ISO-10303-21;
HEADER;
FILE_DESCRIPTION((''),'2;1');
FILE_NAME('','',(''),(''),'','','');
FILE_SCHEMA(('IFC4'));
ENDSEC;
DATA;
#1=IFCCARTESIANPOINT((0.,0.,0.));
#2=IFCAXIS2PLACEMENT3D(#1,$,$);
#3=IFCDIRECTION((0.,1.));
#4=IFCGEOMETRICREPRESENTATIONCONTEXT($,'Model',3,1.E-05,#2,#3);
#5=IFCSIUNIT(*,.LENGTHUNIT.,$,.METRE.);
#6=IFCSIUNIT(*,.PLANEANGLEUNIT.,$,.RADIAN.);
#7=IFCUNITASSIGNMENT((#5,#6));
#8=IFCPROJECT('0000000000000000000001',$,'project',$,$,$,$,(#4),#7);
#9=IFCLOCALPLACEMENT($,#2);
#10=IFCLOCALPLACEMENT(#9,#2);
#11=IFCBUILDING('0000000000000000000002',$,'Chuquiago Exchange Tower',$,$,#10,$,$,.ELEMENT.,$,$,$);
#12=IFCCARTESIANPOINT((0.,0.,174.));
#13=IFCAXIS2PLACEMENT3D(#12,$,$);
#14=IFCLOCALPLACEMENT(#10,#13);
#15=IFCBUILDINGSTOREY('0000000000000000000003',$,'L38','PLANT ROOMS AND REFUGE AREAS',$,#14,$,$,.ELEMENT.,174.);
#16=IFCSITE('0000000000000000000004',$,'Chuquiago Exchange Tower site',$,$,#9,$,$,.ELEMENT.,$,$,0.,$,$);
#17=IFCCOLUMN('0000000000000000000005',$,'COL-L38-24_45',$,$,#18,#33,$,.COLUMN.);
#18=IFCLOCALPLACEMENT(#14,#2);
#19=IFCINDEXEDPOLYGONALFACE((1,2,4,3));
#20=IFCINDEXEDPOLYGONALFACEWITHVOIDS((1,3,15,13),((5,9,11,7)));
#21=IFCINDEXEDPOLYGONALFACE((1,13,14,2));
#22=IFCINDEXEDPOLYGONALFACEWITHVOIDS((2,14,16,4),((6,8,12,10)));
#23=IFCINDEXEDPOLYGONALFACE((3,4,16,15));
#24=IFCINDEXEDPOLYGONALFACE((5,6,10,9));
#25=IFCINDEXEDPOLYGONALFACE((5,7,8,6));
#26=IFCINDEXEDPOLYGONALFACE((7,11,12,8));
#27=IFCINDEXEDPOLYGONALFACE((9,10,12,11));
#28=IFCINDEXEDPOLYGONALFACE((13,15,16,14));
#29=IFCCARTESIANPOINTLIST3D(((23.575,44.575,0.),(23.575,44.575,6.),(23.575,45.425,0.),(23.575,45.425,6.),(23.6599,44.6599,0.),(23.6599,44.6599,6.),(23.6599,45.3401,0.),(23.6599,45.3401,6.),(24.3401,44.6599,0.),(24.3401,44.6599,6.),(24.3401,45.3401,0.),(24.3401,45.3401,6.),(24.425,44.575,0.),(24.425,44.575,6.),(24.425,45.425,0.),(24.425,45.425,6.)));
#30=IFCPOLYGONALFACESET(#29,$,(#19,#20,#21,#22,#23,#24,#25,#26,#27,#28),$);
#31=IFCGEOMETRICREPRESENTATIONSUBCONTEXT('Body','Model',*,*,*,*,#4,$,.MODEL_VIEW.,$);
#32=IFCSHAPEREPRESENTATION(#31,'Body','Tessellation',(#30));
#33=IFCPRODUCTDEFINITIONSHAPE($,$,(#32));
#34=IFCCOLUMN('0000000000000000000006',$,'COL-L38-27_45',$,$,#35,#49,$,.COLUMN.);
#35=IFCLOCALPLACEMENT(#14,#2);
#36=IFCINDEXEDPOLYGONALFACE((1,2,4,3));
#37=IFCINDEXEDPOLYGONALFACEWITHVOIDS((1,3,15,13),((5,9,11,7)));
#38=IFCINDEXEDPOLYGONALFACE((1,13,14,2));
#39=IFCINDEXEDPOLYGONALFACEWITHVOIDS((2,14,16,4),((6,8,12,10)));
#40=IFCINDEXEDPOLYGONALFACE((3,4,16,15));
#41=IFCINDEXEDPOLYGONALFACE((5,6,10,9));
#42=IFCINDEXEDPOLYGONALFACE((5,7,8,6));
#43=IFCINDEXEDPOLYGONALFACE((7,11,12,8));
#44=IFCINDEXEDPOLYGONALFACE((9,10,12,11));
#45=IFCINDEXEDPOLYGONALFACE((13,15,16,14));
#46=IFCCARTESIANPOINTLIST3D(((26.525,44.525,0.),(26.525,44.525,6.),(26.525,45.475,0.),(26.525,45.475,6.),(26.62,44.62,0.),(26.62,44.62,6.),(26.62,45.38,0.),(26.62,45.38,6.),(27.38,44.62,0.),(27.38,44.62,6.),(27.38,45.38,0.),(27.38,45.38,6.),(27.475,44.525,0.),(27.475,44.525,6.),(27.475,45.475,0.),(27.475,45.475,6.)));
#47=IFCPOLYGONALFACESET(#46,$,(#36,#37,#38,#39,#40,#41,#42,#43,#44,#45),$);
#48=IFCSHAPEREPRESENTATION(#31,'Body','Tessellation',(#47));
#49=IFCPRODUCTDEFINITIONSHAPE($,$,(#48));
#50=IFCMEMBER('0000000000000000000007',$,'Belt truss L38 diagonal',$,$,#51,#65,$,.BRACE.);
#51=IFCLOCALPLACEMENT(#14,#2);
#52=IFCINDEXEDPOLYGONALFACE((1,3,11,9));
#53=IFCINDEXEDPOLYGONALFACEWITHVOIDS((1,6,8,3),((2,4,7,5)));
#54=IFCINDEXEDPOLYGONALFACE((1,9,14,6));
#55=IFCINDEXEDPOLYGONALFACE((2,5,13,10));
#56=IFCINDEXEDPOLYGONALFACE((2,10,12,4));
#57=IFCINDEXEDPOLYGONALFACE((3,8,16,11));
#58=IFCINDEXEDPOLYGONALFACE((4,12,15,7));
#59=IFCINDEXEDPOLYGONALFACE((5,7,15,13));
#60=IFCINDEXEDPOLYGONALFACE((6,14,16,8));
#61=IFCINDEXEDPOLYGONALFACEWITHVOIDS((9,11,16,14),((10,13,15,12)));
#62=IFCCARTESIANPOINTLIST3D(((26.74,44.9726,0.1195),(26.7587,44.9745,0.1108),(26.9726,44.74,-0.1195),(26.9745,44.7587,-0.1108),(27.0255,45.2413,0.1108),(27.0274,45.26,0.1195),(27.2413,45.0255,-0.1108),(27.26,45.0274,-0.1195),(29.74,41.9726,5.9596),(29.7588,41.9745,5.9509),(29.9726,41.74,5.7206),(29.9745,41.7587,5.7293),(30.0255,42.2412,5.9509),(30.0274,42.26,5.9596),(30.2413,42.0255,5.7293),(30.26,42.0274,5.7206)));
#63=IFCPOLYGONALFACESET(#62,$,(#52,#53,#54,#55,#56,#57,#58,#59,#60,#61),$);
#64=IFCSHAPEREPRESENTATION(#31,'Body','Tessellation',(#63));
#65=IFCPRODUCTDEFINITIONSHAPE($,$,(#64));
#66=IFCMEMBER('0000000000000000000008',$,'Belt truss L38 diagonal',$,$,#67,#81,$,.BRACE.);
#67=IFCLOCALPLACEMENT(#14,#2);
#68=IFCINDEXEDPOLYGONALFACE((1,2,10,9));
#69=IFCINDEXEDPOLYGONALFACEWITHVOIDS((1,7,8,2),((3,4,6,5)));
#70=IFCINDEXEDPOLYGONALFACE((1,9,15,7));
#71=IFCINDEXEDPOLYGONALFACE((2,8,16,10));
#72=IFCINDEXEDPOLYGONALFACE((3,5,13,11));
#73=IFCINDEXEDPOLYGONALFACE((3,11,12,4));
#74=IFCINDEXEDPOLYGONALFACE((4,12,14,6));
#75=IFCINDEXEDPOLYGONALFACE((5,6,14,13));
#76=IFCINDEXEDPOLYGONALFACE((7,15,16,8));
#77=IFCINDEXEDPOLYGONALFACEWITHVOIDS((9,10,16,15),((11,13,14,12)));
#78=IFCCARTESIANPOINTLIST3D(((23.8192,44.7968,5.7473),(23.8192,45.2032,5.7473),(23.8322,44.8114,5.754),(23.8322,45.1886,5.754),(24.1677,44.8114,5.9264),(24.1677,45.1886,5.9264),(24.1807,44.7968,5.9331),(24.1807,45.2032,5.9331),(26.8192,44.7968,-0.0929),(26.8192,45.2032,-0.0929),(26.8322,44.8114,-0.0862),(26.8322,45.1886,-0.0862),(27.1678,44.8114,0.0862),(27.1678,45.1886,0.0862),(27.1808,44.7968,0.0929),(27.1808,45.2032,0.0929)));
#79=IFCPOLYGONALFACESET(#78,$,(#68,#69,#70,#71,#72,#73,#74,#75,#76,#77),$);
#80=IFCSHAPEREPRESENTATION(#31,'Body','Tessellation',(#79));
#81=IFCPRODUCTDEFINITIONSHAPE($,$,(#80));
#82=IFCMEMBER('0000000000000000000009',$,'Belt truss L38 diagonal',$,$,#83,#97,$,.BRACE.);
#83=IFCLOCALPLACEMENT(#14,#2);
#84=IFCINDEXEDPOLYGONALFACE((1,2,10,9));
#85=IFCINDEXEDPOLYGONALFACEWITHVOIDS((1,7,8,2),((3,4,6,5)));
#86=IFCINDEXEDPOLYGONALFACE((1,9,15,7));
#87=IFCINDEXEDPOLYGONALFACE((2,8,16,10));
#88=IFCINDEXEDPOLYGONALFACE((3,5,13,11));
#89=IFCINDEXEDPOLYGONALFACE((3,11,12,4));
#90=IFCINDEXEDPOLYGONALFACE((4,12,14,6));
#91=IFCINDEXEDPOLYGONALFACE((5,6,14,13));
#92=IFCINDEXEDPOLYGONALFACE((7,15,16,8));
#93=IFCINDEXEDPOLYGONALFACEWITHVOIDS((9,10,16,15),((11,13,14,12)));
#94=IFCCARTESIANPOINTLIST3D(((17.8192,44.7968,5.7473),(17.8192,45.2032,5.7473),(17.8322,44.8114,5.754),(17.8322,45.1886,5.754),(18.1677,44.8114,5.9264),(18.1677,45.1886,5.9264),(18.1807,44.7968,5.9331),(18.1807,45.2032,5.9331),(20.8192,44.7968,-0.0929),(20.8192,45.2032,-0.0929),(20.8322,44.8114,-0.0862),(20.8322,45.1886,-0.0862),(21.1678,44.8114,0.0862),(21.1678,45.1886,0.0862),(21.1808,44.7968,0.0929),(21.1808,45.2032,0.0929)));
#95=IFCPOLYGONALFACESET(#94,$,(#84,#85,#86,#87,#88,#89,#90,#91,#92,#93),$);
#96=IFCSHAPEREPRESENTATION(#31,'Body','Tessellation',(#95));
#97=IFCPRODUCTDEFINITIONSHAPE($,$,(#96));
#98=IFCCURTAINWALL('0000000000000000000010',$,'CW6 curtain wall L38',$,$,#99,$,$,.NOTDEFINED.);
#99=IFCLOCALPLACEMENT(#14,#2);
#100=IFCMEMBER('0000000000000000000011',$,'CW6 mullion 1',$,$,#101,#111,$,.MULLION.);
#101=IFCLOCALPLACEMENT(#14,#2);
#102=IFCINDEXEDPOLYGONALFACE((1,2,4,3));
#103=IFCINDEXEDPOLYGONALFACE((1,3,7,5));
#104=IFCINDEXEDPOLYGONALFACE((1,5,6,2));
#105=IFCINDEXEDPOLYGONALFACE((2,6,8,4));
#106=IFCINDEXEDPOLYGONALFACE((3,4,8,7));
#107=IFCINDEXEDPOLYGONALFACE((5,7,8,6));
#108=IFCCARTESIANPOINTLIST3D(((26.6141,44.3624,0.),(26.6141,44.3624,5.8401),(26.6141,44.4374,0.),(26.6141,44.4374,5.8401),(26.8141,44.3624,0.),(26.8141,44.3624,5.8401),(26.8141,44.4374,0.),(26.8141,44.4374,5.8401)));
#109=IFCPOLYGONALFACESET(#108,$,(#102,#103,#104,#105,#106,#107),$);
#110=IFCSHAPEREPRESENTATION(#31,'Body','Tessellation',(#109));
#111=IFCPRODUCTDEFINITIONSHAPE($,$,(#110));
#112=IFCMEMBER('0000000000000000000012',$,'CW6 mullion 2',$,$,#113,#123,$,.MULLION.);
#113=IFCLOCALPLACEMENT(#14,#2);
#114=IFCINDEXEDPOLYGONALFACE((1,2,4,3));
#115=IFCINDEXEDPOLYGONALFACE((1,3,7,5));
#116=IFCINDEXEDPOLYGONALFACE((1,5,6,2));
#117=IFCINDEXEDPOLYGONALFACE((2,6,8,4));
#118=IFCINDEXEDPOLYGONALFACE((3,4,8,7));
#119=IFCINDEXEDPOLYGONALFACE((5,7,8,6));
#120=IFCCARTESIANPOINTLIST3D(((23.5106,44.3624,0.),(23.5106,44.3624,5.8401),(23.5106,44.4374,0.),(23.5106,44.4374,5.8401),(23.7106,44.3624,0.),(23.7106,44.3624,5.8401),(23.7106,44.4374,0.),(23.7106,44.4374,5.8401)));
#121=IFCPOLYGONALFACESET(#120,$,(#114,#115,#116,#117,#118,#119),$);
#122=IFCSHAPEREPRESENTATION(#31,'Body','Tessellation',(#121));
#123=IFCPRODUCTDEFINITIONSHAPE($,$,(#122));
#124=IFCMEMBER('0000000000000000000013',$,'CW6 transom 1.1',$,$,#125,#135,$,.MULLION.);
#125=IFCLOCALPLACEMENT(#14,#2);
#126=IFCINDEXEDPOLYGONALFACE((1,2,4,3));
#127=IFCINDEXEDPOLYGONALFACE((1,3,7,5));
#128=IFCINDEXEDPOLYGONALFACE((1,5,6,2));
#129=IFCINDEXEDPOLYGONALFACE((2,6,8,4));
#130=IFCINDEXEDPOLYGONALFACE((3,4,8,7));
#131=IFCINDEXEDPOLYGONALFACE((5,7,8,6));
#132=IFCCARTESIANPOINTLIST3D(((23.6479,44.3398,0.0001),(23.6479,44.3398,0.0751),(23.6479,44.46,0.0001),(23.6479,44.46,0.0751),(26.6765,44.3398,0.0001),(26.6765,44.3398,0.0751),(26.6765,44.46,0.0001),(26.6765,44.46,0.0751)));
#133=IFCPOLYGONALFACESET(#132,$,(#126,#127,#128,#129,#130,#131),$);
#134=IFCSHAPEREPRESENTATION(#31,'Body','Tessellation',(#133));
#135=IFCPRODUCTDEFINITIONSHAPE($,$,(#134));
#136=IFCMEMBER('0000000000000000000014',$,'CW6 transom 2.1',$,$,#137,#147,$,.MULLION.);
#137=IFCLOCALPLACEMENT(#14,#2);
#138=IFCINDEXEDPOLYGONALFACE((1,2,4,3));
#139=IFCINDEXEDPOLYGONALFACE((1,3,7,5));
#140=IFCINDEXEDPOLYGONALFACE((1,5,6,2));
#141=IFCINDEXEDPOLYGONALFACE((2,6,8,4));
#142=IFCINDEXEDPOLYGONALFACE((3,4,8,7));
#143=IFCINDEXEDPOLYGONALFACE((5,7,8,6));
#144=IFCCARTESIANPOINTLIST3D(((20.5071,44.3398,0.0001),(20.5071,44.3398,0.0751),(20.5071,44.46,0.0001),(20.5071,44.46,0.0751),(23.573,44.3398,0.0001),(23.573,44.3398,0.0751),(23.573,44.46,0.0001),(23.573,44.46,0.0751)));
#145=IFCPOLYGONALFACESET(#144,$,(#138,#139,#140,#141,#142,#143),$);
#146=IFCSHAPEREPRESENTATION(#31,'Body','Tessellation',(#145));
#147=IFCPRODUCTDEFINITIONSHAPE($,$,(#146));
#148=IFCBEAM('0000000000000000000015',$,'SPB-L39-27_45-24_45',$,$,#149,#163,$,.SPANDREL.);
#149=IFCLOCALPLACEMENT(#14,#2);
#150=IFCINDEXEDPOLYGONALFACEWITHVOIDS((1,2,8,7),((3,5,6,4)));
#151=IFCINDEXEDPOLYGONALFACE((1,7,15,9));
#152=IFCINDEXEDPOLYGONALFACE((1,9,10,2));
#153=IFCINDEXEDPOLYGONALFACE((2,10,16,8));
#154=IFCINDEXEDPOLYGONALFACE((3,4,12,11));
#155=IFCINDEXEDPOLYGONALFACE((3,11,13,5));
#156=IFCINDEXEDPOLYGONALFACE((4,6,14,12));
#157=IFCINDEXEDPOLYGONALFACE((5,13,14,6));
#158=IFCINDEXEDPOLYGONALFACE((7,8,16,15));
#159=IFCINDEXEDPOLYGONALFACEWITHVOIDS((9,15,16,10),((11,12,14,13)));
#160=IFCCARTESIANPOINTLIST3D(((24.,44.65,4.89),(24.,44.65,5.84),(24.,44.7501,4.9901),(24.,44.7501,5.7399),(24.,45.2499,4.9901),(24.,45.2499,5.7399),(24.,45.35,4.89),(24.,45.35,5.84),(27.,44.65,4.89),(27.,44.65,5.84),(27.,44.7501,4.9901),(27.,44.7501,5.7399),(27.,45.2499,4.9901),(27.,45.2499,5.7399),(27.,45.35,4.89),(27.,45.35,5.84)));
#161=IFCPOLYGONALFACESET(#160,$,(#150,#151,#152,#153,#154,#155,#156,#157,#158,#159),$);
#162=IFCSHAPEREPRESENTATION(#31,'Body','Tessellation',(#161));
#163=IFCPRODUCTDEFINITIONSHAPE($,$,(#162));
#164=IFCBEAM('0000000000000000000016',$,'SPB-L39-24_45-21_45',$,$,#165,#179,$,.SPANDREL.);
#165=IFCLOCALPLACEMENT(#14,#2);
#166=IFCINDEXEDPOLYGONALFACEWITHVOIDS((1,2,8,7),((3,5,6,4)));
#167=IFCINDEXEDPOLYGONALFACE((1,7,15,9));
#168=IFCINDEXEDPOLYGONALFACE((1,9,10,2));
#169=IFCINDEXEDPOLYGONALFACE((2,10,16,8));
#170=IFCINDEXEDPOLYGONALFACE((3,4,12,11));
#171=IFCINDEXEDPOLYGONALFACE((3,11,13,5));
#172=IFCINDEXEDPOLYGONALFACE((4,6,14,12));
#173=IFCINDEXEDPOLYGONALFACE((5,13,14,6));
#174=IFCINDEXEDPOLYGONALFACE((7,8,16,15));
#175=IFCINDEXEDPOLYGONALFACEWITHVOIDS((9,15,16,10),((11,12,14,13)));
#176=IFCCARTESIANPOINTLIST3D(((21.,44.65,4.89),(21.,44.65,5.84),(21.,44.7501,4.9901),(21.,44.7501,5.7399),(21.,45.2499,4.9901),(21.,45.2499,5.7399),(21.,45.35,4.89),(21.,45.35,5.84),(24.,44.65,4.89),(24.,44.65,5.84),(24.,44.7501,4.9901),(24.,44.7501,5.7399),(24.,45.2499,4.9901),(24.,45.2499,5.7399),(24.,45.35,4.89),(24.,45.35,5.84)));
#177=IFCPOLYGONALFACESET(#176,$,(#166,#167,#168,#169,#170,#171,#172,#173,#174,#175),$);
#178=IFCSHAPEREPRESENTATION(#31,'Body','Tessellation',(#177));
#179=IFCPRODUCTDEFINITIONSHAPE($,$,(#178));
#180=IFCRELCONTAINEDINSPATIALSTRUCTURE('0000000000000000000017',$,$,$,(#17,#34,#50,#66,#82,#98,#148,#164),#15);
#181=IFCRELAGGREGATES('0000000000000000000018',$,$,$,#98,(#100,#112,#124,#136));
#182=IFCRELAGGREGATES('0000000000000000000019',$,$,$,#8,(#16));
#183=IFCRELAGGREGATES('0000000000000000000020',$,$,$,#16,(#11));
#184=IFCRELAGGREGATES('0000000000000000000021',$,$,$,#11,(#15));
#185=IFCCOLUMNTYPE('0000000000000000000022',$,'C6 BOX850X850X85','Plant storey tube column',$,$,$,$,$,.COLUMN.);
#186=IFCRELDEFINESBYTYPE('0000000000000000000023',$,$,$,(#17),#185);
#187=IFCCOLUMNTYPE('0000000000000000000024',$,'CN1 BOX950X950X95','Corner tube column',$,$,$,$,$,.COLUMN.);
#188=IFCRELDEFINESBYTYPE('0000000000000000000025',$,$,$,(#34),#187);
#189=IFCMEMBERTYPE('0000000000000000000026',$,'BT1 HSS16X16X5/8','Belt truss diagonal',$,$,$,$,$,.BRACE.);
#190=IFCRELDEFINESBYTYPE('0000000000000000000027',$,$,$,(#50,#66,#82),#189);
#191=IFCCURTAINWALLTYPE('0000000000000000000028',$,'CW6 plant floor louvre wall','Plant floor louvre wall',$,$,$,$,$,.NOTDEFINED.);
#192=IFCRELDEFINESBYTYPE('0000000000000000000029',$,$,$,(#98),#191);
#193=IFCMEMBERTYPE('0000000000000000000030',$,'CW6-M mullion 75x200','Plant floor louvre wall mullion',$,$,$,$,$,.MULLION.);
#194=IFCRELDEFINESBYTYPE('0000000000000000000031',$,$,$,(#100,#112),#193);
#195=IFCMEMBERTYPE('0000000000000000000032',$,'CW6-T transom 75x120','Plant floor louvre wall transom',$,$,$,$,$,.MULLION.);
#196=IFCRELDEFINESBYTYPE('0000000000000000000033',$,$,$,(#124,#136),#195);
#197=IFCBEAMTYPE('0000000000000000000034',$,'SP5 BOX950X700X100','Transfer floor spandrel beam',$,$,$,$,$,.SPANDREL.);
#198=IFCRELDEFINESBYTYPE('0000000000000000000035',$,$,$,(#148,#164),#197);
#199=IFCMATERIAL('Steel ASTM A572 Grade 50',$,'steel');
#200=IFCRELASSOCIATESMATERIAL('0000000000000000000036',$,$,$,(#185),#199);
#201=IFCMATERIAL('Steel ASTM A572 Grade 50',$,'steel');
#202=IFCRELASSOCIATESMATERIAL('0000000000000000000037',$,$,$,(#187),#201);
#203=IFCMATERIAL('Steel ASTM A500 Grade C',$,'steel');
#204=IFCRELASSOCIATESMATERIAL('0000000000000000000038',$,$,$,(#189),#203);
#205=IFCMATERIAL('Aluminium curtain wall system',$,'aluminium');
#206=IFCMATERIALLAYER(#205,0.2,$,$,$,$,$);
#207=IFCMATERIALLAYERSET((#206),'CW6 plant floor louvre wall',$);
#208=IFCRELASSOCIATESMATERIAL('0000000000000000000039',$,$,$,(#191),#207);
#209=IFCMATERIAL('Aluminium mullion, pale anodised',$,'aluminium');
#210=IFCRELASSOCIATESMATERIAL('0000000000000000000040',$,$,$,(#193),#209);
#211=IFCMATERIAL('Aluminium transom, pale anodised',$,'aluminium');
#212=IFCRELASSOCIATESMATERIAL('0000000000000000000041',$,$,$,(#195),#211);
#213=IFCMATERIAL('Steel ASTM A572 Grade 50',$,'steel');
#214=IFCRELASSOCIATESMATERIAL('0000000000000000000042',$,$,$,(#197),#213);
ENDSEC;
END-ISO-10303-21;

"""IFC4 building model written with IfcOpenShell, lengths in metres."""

from ifc_helpers import new_model, si_unit, direction, frame, origin, origin_2d, place, context, subcontext, project, spatial, rectangle, hollow_rectangle, extrude, material, layer, layer_set, material_profile, profile_set, type_object, element, aggregate, save


model = new_model("IFC4")

# Units and contexts
model_context = context("Model", 3, precision=1e-05, world=origin(), true_north=direction((0.0, 1.0)))
body_context = subcontext(model_context, "Body", "Model", "MODEL_VIEW")
ifc_project = project(units=[si_unit("LENGTHUNIT", "METRE"), si_unit("PLANEANGLEUNIT", "RADIAN")], contexts=[model_context])

# Site, building, storey
site_placement = place(None, origin())
site = spatial("IfcSite", under=ifc_project, at=site_placement, Name="Chuquiago Exchange Tower site", CompositionType="ELEMENT", RefElevation=0.0)
building_placement = place(site_placement, origin())
building = spatial("IfcBuilding", under=site, at=building_placement, Name="Chuquiago Exchange Tower", CompositionType="ELEMENT")
storey_placement = place(building_placement, frame((0.0, 0.0, 174.0)))
storey = spatial("IfcBuildingStorey", under=building, at=storey_placement, Name="L38", Description="PLANT ROOMS AND REFUGE AREAS", CompositionType="ELEMENT", Elevation=174.0)

# Columns
ifc_material_1 = material(Name="Steel ASTM A572 Grade 50", Category="steel")
ifc_material_profile_1 = material_profile(ifc_material_1, hollow_rectangle(XDim=0.8501, YDim=0.8501, WallThickness=0.085, at=origin_2d()), Name="BOX850X850X85")
ifc_profile_set_1 = profile_set([ifc_material_profile_1], Name="Steel ASTM A572 Grade 50")
column_type_1 = type_object("IfcColumnType", Name="C6 BOX850X850X85", Description="Plant storey tube column", PredefinedType="COLUMN", material=ifc_profile_set_1)
column_1_placement = place(storey_placement, frame((24.0, 45.0, 0.0), z_axis=(0.0, 0.0, 1.0), x_axis=(0.0, 1.0, 0.0)))
element("IfcColumn", 1, at=column_1_placement, inside=storey, type_object=column_type_1, Name="COL-L38-24_45", PredefinedType="COLUMN", context=body_context, shape_type="SweptSolid", body=[
    extrude(hollow_rectangle(XDim=0.8501, YDim=0.8501, WallThickness=0.085, at=origin_2d()), origin(), (0.0, 0.0, 1.0), 6.0),
])
ifc_material_2 = material(Name="Steel ASTM A572 Grade 50", Category="steel")
ifc_material_profile_2 = material_profile(ifc_material_2, hollow_rectangle(XDim=0.95, YDim=0.95, WallThickness=0.095, at=origin_2d()), Name="BOX950X950X95")
ifc_profile_set_2 = profile_set([ifc_material_profile_2], Name="Steel ASTM A572 Grade 50")
column_type_2 = type_object("IfcColumnType", Name="CN1 BOX950X950X95", Description="Corner tube column", PredefinedType="COLUMN", material=ifc_profile_set_2)
column_2_placement = place(storey_placement, frame((27.0, 45.0, 0.0), z_axis=(0.0, 0.0, 1.0), x_axis=(0.0, 1.0, 0.0)))
element("IfcColumn", 2, at=column_2_placement, inside=storey, type_object=column_type_2, Name="COL-L38-27_45", PredefinedType="COLUMN", context=body_context, shape_type="SweptSolid", body=[
    extrude(hollow_rectangle(XDim=0.95, YDim=0.95, WallThickness=0.095, at=origin_2d()), origin(), (0.0, 0.0, 1.0), 6.0),
])

# Members
ifc_material_3 = material(Name="Steel ASTM A500 Grade C", Category="steel")
ifc_material_profile_3 = material_profile(ifc_material_3, hollow_rectangle(XDim=0.4065, YDim=0.4065, WallThickness=0.0146, at=origin_2d()), Name="HSS16X16X5/8")
ifc_profile_set_3 = profile_set([ifc_material_profile_3], Name="Steel ASTM A500 Grade C")
member_type_1 = type_object("IfcMemberType", Name="BT1 HSS16X16X5/8", Description="Belt truss diagonal", PredefinedType="BRACE", material=ifc_profile_set_3)
member_1_placement = place(storey_placement, frame((27.0, 45.0, 0.0), z_axis=(0.415599, -0.415599, 0.809045), x_axis=(0.707107, 0.707107, 0.0)))
element("IfcMember", 3, at=member_1_placement, inside=storey, type_object=member_type_1, Name="Belt truss L38 diagonal", PredefinedType="BRACE", context=body_context, shape_type="SweptSolid", body=[
    extrude(hollow_rectangle(XDim=0.4065, YDim=0.4065, WallThickness=0.0146, at=origin_2d()), origin(), (0.0, 0.0, 1.0), 7.2185),
])
for number, where, z_axis, x_axis, name in (
    (4, (27.0, 45.0, 0.0), (-0.45693, 0.0, 0.889503), (0.0, -1.0, 0.0), "Belt truss L38 diagonal"),
    (5, (21.0, 45.0, 0.0), (-0.45693, 0.0, 0.889503), (0.0, -1.0, 0.0), "Belt truss L38 diagonal"),
):
    element("IfcMember", number, at=place(storey_placement, frame(where, z_axis=z_axis, x_axis=x_axis)), inside=storey, type_object=member_type_1, Name=name, PredefinedType="BRACE", context=body_context, shape_type="SweptSolid", body=[
        extrude(hollow_rectangle(XDim=0.4065, YDim=0.4065, WallThickness=0.0146, at=origin_2d()), origin(), (0.0, 0.0, 1.0), 6.5657),
    ])

# Curtain wall, members
ifc_material_4 = material(Name="Aluminium curtain wall system", Category="aluminium")
ifc_layer_1 = layer(ifc_material_4, 0.2)
ifc_layer_set_1 = layer_set([ifc_layer_1], Name="CW6 plant floor louvre wall")
curtain_wall_type = type_object("IfcCurtainWallType", Name="CW6 plant floor louvre wall", Description="Plant floor louvre wall", PredefinedType="NOTDEFINED", material=ifc_layer_set_1)
curtain_wall_placement = place(storey_placement, origin())
curtain_wall = element("IfcCurtainWall", 6, at=curtain_wall_placement, inside=storey, type_object=curtain_wall_type, Name="CW6 curtain wall L38", PredefinedType="NOTDEFINED")
ifc_material_5 = material(Name="Aluminium mullion, pale anodised", Category="aluminium")
ifc_material_profile_4 = material_profile(ifc_material_5, rectangle(XDim=0.075, YDim=0.2, at=origin_2d()), Name="AL 75x200")
ifc_profile_set_4 = profile_set([ifc_material_profile_4], Name="Aluminium mullion, pale anodised")
member_type_2 = type_object("IfcMemberType", Name="CW6-M mullion 75x200", Description="Plant floor louvre wall mullion", PredefinedType="MULLION", material=ifc_profile_set_4)
member_2_placement = place(storey_placement, frame((26.7141, 44.3999, 0.0), z_axis=(0.0, 0.0, 1.0), x_axis=(0.0, -1.0, 0.0)))
member_2 = element("IfcMember", 7, at=member_2_placement, type_object=member_type_2, Name="CW6 mullion 1", PredefinedType="MULLION", context=body_context, shape_type="SweptSolid", body=[
    extrude(rectangle(XDim=0.075, YDim=0.2, at=origin_2d()), origin(), (0.0, 0.0, 1.0), 5.8401),
])
member_3_placement = place(storey_placement, frame((23.6106, 44.3999, 0.0), z_axis=(0.0, 0.0, 1.0), x_axis=(0.0, -1.0, 0.0)))
member_3 = element("IfcMember", 8, at=member_3_placement, type_object=member_type_2, Name="CW6 mullion 2", PredefinedType="MULLION", context=body_context, shape_type="SweptSolid", body=[
    extrude(rectangle(XDim=0.075, YDim=0.2, at=origin_2d()), origin(), (0.0, 0.0, 1.0), 5.8401),
])
ifc_material_6 = material(Name="Aluminium transom, pale anodised", Category="aluminium")
ifc_material_profile_5 = material_profile(ifc_material_6, rectangle(XDim=0.1201, YDim=0.075, at=origin_2d()), Name="AL 120x75")
ifc_profile_set_5 = profile_set([ifc_material_profile_5], Name="Aluminium transom, pale anodised")
member_type_3 = type_object("IfcMemberType", Name="CW6-T transom 75x120", Description="Plant floor louvre wall transom", PredefinedType="MULLION", material=ifc_profile_set_5)
member_4_placement = place(storey_placement, frame((26.6765, 44.3999, 0.0376), z_axis=(-1.0, 0.0, 0.0), x_axis=(0.0, -1.0, 0.0)))
member_4 = element("IfcMember", 9, at=member_4_placement, type_object=member_type_3, Name="CW6 transom 1.1", PredefinedType="MULLION", context=body_context, shape_type="SweptSolid", body=[
    extrude(rectangle(XDim=0.1201, YDim=0.075, at=origin_2d()), origin(), (0.0, 0.0, 1.0), 3.0286),
])
member_5_placement = place(storey_placement, frame((23.573, 44.3999, 0.0376), z_axis=(-1.0, 0.0, 0.0), x_axis=(0.0, -1.0, 0.0)))
member_5 = element("IfcMember", 10, at=member_5_placement, type_object=member_type_3, Name="CW6 transom 2.1", PredefinedType="MULLION", context=body_context, shape_type="SweptSolid", body=[
    extrude(rectangle(XDim=0.1201, YDim=0.075, at=origin_2d()), origin(), (0.0, 0.0, 1.0), 3.0659),
])

# Beams
ifc_material_7 = material(Name="Steel ASTM A572 Grade 50", Category="steel")
ifc_material_profile_6 = material_profile(ifc_material_7, hollow_rectangle(XDim=0.7, YDim=0.95, WallThickness=0.1001, at=origin_2d()), Name="BOX950X700X100")
ifc_profile_set_6 = profile_set([ifc_material_profile_6], Name="Steel ASTM A572 Grade 50")
beam_type = type_object("IfcBeamType", Name="SP5 BOX950X700X100", Description="Transfer floor spandrel beam", PredefinedType="SPANDREL", material=ifc_profile_set_6)
for number, where, z_axis, x_axis, name in (
    (11, (27.0, 45.0, 5.365), (-1.0, 0.0, 0.0), (0.0, -1.0, 0.0), "SPB-L39-27_45-24_45"),
    (12, (24.0, 45.0, 5.365), (-1.0, 0.0, 0.0), (0.0, -1.0, 0.0), "SPB-L39-24_45-21_45"),
):
    element("IfcBeam", number, at=place(storey_placement, frame(where, z_axis=z_axis, x_axis=x_axis)), inside=storey, type_object=beam_type, Name=name, PredefinedType="SPANDREL", context=body_context, shape_type="SweptSolid", body=[
        extrude(hollow_rectangle(XDim=0.7, YDim=0.95, WallThickness=0.1001, at=origin_2d()), origin(), (0.0, 0.0, 1.0), 3.0),
    ])

aggregate(curtain_wall, [member_2, member_3, member_4, member_5])

save(model, "model.ifc")
